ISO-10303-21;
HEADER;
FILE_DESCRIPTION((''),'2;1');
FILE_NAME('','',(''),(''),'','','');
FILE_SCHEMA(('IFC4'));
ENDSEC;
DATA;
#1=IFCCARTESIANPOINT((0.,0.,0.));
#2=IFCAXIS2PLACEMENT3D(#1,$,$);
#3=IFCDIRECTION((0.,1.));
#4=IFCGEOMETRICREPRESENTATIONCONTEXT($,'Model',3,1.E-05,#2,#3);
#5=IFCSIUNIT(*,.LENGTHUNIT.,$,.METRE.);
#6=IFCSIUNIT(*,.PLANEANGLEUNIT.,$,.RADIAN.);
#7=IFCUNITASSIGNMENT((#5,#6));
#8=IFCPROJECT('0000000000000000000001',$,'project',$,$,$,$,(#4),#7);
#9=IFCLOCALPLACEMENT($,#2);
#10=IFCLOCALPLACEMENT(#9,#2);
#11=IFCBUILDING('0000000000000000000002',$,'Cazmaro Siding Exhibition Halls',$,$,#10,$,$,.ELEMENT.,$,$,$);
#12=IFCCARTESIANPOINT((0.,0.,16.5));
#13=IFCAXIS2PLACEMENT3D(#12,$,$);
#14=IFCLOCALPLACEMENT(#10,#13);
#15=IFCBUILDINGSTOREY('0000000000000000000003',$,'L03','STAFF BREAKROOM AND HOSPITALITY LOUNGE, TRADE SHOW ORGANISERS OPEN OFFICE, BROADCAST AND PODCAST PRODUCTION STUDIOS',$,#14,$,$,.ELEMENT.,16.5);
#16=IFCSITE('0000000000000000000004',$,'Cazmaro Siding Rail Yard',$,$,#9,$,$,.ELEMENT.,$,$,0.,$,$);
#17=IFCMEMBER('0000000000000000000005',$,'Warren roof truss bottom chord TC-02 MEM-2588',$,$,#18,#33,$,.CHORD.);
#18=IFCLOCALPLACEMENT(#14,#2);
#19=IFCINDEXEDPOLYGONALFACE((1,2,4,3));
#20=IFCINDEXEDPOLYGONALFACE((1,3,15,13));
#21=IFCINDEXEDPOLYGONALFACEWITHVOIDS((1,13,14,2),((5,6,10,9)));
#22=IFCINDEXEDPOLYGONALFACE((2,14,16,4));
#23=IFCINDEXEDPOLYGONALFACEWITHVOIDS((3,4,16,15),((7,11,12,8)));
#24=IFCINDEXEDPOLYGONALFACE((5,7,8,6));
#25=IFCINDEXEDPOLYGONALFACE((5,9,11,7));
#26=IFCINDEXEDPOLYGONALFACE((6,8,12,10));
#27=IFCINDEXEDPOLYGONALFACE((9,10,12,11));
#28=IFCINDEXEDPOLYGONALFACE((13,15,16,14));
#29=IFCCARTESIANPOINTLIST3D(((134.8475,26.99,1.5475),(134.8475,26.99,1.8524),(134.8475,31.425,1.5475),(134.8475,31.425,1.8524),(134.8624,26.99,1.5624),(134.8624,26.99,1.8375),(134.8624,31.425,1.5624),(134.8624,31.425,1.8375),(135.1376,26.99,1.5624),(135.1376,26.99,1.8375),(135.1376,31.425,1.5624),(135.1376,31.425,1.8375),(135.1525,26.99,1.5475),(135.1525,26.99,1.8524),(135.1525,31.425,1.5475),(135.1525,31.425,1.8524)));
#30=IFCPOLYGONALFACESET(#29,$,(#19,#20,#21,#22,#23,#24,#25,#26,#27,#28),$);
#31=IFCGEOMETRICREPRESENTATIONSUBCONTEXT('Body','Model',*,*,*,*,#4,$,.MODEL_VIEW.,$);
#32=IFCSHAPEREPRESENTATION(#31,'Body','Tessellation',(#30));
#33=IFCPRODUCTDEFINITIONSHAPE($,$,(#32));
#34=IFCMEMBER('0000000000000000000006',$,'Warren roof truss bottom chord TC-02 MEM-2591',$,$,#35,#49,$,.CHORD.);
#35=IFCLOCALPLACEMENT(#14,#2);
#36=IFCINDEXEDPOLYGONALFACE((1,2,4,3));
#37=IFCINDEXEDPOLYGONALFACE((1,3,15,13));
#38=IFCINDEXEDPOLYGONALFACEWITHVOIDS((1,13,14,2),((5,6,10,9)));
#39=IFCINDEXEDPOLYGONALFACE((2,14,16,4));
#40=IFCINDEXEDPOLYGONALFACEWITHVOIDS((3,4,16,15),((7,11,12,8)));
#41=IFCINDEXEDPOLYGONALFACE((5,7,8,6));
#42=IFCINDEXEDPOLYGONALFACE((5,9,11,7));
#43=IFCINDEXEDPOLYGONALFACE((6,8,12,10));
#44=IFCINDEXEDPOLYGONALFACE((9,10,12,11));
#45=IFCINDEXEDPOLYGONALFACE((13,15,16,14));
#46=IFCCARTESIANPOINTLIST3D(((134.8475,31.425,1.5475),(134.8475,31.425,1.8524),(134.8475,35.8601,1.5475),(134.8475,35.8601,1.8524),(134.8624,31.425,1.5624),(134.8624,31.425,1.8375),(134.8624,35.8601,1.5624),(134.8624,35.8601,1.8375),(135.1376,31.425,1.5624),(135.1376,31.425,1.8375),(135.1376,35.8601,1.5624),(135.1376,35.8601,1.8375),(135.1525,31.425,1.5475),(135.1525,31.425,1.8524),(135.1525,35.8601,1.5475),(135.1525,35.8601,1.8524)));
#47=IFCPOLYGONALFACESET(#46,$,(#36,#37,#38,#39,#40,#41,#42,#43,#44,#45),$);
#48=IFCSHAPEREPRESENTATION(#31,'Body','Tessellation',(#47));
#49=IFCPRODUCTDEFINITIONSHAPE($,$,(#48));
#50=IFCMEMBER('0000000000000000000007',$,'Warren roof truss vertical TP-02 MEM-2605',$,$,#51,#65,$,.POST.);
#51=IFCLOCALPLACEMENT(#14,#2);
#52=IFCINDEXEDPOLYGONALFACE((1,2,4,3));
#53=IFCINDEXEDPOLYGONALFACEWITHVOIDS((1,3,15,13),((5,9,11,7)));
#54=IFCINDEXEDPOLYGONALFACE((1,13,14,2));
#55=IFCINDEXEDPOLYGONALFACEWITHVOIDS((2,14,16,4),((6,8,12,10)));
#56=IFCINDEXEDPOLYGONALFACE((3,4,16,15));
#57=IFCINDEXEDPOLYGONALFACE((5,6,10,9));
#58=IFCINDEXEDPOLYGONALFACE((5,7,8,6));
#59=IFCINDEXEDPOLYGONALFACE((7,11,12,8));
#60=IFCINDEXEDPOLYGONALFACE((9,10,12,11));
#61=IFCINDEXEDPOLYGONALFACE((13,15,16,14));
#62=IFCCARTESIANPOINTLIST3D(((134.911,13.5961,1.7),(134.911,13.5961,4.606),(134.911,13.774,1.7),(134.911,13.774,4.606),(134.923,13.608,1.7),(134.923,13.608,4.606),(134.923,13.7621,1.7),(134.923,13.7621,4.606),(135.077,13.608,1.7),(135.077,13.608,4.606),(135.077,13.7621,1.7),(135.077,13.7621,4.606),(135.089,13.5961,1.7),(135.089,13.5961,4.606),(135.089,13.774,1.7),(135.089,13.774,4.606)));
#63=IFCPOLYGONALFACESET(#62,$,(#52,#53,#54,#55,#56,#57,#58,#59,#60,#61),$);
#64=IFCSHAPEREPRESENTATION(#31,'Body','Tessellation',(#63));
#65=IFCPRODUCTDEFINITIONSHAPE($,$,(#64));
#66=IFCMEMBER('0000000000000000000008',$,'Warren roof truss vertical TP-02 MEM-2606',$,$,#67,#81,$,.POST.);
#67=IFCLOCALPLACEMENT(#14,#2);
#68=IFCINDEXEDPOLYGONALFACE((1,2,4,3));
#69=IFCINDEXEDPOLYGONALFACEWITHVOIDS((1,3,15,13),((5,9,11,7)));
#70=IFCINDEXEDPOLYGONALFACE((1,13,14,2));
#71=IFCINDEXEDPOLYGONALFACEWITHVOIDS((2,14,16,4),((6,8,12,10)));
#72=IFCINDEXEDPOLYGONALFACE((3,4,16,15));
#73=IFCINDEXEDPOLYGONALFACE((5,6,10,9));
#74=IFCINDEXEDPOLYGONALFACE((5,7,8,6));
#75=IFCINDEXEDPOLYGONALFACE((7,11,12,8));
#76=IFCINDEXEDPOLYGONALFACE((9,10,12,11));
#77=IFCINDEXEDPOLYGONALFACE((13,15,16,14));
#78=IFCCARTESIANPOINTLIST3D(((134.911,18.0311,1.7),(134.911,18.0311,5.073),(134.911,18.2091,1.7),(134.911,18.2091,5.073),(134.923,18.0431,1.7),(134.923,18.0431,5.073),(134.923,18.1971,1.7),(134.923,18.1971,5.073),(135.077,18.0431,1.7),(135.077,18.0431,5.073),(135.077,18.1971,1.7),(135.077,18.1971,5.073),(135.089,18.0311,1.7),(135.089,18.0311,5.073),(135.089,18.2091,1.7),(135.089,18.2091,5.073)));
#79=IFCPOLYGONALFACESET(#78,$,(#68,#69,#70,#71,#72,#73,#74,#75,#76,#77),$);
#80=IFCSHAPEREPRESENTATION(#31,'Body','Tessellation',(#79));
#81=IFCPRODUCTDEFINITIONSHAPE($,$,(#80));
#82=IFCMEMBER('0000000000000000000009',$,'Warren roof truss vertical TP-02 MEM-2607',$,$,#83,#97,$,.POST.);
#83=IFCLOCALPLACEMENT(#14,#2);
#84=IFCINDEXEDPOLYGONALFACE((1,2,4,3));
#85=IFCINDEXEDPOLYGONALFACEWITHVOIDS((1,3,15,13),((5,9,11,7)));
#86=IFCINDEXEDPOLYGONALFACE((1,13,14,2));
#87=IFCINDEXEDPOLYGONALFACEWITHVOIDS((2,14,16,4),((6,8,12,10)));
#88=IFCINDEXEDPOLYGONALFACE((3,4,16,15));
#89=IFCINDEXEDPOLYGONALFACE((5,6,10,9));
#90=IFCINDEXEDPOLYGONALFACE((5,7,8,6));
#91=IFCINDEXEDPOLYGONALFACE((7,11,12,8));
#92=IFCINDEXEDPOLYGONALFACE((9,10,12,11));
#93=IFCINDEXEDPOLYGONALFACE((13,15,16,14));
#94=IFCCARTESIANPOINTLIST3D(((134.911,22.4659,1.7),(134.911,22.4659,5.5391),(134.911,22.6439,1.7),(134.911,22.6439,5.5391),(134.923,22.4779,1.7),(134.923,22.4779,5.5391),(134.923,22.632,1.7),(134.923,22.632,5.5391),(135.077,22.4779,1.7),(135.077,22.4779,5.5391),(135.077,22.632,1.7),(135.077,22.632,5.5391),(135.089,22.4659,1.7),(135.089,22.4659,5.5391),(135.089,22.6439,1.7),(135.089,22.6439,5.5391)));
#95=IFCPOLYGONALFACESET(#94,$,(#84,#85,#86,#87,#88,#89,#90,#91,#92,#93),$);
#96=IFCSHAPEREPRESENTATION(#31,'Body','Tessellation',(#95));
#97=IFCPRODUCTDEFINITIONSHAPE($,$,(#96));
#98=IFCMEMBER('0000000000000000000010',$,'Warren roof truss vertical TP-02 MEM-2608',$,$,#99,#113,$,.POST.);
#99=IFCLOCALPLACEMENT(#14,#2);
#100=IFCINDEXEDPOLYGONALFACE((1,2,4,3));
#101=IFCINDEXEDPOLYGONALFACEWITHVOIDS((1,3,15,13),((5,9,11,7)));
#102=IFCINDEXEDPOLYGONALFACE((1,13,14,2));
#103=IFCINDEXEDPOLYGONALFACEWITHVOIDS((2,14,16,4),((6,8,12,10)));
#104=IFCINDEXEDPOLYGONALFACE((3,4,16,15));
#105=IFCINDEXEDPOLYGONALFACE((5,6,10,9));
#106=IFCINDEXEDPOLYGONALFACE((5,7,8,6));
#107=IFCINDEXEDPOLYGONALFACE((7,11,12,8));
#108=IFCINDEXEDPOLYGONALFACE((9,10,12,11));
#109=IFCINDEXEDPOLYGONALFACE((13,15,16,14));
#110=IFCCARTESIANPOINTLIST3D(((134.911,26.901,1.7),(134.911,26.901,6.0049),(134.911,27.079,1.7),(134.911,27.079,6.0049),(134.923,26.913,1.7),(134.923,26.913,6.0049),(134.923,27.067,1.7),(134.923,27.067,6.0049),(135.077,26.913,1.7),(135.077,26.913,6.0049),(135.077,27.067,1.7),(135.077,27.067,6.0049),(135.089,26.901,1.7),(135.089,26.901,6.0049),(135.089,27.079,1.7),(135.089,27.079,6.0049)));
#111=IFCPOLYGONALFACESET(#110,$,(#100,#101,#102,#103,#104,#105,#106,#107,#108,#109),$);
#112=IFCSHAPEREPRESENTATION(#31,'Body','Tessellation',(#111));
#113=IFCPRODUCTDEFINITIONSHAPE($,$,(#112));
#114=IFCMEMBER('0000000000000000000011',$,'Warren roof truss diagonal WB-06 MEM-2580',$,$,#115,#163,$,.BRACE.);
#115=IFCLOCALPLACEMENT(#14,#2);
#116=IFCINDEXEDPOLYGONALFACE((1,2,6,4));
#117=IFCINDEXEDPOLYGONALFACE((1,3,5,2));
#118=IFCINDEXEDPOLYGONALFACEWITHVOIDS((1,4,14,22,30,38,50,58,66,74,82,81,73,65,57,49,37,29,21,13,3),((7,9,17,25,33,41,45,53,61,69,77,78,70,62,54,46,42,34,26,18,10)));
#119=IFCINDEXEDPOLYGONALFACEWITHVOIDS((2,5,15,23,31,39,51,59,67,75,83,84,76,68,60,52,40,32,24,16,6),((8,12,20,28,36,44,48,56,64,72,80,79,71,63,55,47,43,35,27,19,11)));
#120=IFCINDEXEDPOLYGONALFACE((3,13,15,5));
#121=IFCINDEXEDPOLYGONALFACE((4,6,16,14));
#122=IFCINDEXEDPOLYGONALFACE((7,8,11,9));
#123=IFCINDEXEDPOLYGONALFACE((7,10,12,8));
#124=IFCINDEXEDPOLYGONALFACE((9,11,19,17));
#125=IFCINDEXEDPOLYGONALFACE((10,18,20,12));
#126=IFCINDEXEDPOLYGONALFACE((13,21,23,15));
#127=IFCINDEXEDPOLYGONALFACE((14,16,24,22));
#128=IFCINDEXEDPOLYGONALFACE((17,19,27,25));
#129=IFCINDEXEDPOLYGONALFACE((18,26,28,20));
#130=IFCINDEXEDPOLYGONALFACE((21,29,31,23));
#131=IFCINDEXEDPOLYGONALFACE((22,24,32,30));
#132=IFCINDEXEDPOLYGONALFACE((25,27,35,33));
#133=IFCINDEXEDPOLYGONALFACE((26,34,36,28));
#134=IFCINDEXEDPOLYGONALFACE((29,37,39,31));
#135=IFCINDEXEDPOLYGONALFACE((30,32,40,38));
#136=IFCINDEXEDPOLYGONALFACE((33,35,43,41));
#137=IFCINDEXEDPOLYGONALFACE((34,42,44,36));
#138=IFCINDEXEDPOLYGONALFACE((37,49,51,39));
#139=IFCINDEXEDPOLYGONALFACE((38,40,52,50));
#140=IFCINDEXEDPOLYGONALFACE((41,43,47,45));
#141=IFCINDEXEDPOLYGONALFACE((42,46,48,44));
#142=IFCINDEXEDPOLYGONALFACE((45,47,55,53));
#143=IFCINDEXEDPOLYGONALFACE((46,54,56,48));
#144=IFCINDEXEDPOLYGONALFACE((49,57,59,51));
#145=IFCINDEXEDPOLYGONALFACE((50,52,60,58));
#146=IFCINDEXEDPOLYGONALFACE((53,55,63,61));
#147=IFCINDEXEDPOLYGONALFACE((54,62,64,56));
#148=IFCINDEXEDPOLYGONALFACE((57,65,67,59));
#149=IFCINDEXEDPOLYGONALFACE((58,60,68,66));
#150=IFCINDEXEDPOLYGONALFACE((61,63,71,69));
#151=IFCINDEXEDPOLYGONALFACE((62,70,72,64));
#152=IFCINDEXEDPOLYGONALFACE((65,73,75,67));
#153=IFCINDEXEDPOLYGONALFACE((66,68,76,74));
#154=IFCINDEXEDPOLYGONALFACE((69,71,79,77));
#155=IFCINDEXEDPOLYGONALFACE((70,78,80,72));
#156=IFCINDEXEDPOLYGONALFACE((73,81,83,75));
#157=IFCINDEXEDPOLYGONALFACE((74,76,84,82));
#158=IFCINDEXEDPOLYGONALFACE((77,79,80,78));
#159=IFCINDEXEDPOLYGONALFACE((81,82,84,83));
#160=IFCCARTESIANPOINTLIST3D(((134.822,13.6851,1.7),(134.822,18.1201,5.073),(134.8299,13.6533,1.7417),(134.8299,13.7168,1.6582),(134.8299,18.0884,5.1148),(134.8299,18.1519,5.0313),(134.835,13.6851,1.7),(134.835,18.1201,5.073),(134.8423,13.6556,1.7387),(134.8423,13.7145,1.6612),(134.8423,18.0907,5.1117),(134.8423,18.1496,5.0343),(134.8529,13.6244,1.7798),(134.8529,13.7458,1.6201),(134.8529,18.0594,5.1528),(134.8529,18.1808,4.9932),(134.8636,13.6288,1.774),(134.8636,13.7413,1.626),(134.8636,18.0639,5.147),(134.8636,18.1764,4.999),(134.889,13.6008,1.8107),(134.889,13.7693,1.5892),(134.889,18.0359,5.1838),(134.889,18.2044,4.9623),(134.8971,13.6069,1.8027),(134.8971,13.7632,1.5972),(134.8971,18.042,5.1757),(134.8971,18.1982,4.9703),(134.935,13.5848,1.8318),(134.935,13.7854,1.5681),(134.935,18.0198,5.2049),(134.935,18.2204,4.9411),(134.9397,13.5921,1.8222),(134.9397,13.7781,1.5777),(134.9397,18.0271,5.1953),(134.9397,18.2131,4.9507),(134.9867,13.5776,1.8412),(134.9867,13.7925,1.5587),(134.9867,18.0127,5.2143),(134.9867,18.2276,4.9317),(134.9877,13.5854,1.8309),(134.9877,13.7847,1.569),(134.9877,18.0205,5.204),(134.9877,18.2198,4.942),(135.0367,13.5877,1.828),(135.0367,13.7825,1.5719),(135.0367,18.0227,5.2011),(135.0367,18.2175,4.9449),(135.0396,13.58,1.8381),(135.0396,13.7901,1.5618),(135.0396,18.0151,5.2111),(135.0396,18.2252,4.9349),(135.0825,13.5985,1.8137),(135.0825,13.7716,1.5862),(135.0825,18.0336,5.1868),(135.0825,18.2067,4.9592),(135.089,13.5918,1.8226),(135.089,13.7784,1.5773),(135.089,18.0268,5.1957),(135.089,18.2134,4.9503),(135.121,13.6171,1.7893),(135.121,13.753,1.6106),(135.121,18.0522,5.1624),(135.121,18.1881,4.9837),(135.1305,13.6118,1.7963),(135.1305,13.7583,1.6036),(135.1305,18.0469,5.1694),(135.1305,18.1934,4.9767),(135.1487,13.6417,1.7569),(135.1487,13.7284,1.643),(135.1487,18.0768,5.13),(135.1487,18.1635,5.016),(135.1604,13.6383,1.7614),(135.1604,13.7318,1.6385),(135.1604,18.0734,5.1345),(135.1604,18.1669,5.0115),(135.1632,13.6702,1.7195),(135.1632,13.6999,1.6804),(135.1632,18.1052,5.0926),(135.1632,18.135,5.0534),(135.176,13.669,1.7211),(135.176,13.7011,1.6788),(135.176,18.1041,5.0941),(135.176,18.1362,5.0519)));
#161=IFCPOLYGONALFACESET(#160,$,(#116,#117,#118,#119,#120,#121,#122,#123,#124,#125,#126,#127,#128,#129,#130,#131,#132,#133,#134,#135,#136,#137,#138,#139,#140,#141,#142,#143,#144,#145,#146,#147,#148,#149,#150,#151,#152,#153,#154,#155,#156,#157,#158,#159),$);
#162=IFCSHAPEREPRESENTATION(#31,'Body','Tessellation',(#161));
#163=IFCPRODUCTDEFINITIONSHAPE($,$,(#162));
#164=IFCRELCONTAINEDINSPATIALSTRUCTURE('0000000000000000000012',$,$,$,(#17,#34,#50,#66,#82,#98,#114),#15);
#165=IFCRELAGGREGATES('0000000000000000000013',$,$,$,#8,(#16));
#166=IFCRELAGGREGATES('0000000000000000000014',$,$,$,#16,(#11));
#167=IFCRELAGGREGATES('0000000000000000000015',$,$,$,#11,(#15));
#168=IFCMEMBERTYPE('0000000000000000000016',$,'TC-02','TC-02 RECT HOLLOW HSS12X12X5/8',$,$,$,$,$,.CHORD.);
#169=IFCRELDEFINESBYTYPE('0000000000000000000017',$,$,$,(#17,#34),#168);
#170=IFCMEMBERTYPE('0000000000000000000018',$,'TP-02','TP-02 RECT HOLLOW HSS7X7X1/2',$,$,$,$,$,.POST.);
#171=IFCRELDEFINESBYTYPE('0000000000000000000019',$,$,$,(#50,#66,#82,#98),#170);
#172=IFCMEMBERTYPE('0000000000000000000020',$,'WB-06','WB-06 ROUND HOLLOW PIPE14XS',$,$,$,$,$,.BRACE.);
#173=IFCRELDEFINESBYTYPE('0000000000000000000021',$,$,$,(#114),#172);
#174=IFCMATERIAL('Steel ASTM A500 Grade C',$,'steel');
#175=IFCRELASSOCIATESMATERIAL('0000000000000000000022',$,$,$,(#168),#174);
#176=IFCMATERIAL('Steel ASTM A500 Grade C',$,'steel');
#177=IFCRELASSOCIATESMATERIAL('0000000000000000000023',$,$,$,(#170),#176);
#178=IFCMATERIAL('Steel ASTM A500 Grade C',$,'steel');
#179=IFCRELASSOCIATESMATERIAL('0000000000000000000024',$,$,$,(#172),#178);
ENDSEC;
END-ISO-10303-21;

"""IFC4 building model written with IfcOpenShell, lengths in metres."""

from ifc_helpers import new_model, si_unit, direction, frame, origin, origin_2d, place, context, subcontext, project, spatial, hollow_rectangle, hollow_circle, extrude, material, material_profile, profile_set, type_object, element, save


model = new_model("IFC4")

# Units and contexts
model_context = context("Model", 3, precision=1e-05, world=origin(), true_north=direction((0.0, 1.0)))
body_context = subcontext(model_context, "Body", "Model", "MODEL_VIEW")
ifc_project = project(units=[si_unit("LENGTHUNIT", "METRE"), si_unit("PLANEANGLEUNIT", "RADIAN")], contexts=[model_context])

# Site, building, storey
site_placement = place(None, origin())
site = spatial("IfcSite", under=ifc_project, at=site_placement, Name="Cazmaro Siding Rail Yard", CompositionType="ELEMENT", RefElevation=0.0)
building_placement = place(site_placement, origin())
building = spatial("IfcBuilding", under=site, at=building_placement, Name="Cazmaro Siding Exhibition Halls", CompositionType="ELEMENT")
storey_placement = place(building_placement, frame((0.0, 0.0, 16.5)))
storey = spatial("IfcBuildingStorey", under=building, at=storey_placement, Name="L03", Description="STAFF BREAKROOM AND HOSPITALITY LOUNGE, TRADE SHOW ORGANISERS OPEN OFFICE, BROADCAST AND PODCAST PRODUCTION STUDIOS", CompositionType="ELEMENT", Elevation=16.5)

# Members
ifc_material_1 = material(Name="Steel ASTM A500 Grade C", Category="steel")
ifc_material_profile_1 = material_profile(ifc_material_1, hollow_rectangle(XDim=0.3049, YDim=0.3049, WallThickness=0.0149, at=origin_2d()), Name="HSS12X12X5/8")
ifc_profile_set_1 = profile_set([ifc_material_profile_1], Name="Steel ASTM A500 Grade C")
member_type_1 = type_object("IfcMemberType", Name="TC-02", Description="TC-02 RECT HOLLOW HSS12X12X5/8", PredefinedType="CHORD", material=ifc_profile_set_1)
for number, where, z_axis, x_axis, name in (
    (1, (135.0, 26.99, 1.7), (0.0, 1.0, 0.0), (-1.0, 0.0, 0.0), "Warren roof truss bottom chord TC-02 MEM-2588"),
    (2, (135.0, 31.425, 1.7), (0.0, 1.0, 0.0), (-1.0, 0.0, 0.0), "Warren roof truss bottom chord TC-02 MEM-2591"),
):
    element("IfcMember", number, at=place(storey_placement, frame(where, z_axis=z_axis, x_axis=x_axis)), inside=storey, type_object=member_type_1, Name=name, PredefinedType="CHORD", context=body_context, shape_type="SweptSolid", body=[
        extrude(hollow_rectangle(XDim=0.3049, YDim=0.3049, WallThickness=0.0149, at=origin_2d()), origin(), (0.0, 0.0, 1.0), 4.4351),
    ])
ifc_material_2 = material(Name="Steel ASTM A500 Grade C", Category="steel")
ifc_material_profile_2 = material_profile(ifc_material_2, hollow_rectangle(XDim=0.178, YDim=0.178, WallThickness=0.012, at=origin_2d()), Name="HSS7X7X1/2")
ifc_profile_set_2 = profile_set([ifc_material_profile_2], Name="Steel ASTM A500 Grade C")
member_type_2 = type_object("IfcMemberType", Name="TP-02", Description="TP-02 RECT HOLLOW HSS7X7X1/2", PredefinedType="POST", material=ifc_profile_set_2)
member_1_placement = place(storey_placement, frame((135.0, 13.6851, 1.7), z_axis=(0.0, 0.0, 1.0), x_axis=(1.0, 0.0, 0.0)))
element("IfcMember", 3, at=member_1_placement, inside=storey, type_object=member_type_2, Name="Warren roof truss vertical TP-02 MEM-2605", PredefinedType="POST", context=body_context, shape_type="SweptSolid", body=[
    extrude(hollow_rectangle(XDim=0.178, YDim=0.178, WallThickness=0.012, at=origin_2d()), origin(), (0.0, 0.0, 1.0), 2.906),
])
member_2_placement = place(storey_placement, frame((135.0, 18.1201, 1.7), z_axis=(0.0, 0.0, 1.0), x_axis=(1.0, 0.0, 0.0)))
element("IfcMember", 4, at=member_2_placement, inside=storey, type_object=member_type_2, Name="Warren roof truss vertical TP-02 MEM-2606", PredefinedType="POST", context=body_context, shape_type="SweptSolid", body=[
    extrude(hollow_rectangle(XDim=0.178, YDim=0.178, WallThickness=0.012, at=origin_2d()), origin(), (0.0, 0.0, 1.0), 3.373),
])
member_3_placement = place(storey_placement, frame((135.0, 22.5549, 1.7), z_axis=(0.0, 0.0, 1.0), x_axis=(1.0, 0.0, 0.0)))
element("IfcMember", 5, at=member_3_placement, inside=storey, type_object=member_type_2, Name="Warren roof truss vertical TP-02 MEM-2607", PredefinedType="POST", context=body_context, shape_type="SweptSolid", body=[
    extrude(hollow_rectangle(XDim=0.178, YDim=0.178, WallThickness=0.012, at=origin_2d()), origin(), (0.0, 0.0, 1.0), 3.8391),
])
member_4_placement = place(storey_placement, frame((135.0, 26.99, 1.7), z_axis=(0.0, 0.0, 1.0), x_axis=(1.0, 0.0, 0.0)))
element("IfcMember", 6, at=member_4_placement, inside=storey, type_object=member_type_2, Name="Warren roof truss vertical TP-02 MEM-2608", PredefinedType="POST", context=body_context, shape_type="SweptSolid", body=[
    extrude(hollow_rectangle(XDim=0.178, YDim=0.178, WallThickness=0.012, at=origin_2d()), origin(), (0.0, 0.0, 1.0), 4.3049),
])
ifc_material_3 = material(Name="Steel ASTM A500 Grade C", Category="steel")
ifc_material_profile_3 = material_profile(ifc_material_3, hollow_circle(Radius=0.178, WallThickness=0.0129, at=origin_2d()), Name="PIPE14XS")
ifc_profile_set_3 = profile_set([ifc_material_profile_3], Name="Steel ASTM A500 Grade C")
member_type_3 = type_object("IfcMemberType", Name="WB-06", Description="WB-06 ROUND HOLLOW PIPE14XS", PredefinedType="BRACE", material=ifc_profile_set_3)
member_5_placement = place(storey_placement, frame((135.0, 13.6851, 1.7), z_axis=(0.0, 0.795954, 0.605357), x_axis=(-1.0, 0.0, 0.0)))
element("IfcMember", 7, at=member_5_placement, inside=storey, type_object=member_type_3, Name="Warren roof truss diagonal WB-06 MEM-2580", PredefinedType="BRACE", context=body_context, shape_type="SweptSolid", body=[
    extrude(hollow_circle(Radius=0.178, WallThickness=0.0129, at=origin_2d()), origin(), (0.0, 0.0, 1.0), 5.572),
])

save(model, "model.ifc")
